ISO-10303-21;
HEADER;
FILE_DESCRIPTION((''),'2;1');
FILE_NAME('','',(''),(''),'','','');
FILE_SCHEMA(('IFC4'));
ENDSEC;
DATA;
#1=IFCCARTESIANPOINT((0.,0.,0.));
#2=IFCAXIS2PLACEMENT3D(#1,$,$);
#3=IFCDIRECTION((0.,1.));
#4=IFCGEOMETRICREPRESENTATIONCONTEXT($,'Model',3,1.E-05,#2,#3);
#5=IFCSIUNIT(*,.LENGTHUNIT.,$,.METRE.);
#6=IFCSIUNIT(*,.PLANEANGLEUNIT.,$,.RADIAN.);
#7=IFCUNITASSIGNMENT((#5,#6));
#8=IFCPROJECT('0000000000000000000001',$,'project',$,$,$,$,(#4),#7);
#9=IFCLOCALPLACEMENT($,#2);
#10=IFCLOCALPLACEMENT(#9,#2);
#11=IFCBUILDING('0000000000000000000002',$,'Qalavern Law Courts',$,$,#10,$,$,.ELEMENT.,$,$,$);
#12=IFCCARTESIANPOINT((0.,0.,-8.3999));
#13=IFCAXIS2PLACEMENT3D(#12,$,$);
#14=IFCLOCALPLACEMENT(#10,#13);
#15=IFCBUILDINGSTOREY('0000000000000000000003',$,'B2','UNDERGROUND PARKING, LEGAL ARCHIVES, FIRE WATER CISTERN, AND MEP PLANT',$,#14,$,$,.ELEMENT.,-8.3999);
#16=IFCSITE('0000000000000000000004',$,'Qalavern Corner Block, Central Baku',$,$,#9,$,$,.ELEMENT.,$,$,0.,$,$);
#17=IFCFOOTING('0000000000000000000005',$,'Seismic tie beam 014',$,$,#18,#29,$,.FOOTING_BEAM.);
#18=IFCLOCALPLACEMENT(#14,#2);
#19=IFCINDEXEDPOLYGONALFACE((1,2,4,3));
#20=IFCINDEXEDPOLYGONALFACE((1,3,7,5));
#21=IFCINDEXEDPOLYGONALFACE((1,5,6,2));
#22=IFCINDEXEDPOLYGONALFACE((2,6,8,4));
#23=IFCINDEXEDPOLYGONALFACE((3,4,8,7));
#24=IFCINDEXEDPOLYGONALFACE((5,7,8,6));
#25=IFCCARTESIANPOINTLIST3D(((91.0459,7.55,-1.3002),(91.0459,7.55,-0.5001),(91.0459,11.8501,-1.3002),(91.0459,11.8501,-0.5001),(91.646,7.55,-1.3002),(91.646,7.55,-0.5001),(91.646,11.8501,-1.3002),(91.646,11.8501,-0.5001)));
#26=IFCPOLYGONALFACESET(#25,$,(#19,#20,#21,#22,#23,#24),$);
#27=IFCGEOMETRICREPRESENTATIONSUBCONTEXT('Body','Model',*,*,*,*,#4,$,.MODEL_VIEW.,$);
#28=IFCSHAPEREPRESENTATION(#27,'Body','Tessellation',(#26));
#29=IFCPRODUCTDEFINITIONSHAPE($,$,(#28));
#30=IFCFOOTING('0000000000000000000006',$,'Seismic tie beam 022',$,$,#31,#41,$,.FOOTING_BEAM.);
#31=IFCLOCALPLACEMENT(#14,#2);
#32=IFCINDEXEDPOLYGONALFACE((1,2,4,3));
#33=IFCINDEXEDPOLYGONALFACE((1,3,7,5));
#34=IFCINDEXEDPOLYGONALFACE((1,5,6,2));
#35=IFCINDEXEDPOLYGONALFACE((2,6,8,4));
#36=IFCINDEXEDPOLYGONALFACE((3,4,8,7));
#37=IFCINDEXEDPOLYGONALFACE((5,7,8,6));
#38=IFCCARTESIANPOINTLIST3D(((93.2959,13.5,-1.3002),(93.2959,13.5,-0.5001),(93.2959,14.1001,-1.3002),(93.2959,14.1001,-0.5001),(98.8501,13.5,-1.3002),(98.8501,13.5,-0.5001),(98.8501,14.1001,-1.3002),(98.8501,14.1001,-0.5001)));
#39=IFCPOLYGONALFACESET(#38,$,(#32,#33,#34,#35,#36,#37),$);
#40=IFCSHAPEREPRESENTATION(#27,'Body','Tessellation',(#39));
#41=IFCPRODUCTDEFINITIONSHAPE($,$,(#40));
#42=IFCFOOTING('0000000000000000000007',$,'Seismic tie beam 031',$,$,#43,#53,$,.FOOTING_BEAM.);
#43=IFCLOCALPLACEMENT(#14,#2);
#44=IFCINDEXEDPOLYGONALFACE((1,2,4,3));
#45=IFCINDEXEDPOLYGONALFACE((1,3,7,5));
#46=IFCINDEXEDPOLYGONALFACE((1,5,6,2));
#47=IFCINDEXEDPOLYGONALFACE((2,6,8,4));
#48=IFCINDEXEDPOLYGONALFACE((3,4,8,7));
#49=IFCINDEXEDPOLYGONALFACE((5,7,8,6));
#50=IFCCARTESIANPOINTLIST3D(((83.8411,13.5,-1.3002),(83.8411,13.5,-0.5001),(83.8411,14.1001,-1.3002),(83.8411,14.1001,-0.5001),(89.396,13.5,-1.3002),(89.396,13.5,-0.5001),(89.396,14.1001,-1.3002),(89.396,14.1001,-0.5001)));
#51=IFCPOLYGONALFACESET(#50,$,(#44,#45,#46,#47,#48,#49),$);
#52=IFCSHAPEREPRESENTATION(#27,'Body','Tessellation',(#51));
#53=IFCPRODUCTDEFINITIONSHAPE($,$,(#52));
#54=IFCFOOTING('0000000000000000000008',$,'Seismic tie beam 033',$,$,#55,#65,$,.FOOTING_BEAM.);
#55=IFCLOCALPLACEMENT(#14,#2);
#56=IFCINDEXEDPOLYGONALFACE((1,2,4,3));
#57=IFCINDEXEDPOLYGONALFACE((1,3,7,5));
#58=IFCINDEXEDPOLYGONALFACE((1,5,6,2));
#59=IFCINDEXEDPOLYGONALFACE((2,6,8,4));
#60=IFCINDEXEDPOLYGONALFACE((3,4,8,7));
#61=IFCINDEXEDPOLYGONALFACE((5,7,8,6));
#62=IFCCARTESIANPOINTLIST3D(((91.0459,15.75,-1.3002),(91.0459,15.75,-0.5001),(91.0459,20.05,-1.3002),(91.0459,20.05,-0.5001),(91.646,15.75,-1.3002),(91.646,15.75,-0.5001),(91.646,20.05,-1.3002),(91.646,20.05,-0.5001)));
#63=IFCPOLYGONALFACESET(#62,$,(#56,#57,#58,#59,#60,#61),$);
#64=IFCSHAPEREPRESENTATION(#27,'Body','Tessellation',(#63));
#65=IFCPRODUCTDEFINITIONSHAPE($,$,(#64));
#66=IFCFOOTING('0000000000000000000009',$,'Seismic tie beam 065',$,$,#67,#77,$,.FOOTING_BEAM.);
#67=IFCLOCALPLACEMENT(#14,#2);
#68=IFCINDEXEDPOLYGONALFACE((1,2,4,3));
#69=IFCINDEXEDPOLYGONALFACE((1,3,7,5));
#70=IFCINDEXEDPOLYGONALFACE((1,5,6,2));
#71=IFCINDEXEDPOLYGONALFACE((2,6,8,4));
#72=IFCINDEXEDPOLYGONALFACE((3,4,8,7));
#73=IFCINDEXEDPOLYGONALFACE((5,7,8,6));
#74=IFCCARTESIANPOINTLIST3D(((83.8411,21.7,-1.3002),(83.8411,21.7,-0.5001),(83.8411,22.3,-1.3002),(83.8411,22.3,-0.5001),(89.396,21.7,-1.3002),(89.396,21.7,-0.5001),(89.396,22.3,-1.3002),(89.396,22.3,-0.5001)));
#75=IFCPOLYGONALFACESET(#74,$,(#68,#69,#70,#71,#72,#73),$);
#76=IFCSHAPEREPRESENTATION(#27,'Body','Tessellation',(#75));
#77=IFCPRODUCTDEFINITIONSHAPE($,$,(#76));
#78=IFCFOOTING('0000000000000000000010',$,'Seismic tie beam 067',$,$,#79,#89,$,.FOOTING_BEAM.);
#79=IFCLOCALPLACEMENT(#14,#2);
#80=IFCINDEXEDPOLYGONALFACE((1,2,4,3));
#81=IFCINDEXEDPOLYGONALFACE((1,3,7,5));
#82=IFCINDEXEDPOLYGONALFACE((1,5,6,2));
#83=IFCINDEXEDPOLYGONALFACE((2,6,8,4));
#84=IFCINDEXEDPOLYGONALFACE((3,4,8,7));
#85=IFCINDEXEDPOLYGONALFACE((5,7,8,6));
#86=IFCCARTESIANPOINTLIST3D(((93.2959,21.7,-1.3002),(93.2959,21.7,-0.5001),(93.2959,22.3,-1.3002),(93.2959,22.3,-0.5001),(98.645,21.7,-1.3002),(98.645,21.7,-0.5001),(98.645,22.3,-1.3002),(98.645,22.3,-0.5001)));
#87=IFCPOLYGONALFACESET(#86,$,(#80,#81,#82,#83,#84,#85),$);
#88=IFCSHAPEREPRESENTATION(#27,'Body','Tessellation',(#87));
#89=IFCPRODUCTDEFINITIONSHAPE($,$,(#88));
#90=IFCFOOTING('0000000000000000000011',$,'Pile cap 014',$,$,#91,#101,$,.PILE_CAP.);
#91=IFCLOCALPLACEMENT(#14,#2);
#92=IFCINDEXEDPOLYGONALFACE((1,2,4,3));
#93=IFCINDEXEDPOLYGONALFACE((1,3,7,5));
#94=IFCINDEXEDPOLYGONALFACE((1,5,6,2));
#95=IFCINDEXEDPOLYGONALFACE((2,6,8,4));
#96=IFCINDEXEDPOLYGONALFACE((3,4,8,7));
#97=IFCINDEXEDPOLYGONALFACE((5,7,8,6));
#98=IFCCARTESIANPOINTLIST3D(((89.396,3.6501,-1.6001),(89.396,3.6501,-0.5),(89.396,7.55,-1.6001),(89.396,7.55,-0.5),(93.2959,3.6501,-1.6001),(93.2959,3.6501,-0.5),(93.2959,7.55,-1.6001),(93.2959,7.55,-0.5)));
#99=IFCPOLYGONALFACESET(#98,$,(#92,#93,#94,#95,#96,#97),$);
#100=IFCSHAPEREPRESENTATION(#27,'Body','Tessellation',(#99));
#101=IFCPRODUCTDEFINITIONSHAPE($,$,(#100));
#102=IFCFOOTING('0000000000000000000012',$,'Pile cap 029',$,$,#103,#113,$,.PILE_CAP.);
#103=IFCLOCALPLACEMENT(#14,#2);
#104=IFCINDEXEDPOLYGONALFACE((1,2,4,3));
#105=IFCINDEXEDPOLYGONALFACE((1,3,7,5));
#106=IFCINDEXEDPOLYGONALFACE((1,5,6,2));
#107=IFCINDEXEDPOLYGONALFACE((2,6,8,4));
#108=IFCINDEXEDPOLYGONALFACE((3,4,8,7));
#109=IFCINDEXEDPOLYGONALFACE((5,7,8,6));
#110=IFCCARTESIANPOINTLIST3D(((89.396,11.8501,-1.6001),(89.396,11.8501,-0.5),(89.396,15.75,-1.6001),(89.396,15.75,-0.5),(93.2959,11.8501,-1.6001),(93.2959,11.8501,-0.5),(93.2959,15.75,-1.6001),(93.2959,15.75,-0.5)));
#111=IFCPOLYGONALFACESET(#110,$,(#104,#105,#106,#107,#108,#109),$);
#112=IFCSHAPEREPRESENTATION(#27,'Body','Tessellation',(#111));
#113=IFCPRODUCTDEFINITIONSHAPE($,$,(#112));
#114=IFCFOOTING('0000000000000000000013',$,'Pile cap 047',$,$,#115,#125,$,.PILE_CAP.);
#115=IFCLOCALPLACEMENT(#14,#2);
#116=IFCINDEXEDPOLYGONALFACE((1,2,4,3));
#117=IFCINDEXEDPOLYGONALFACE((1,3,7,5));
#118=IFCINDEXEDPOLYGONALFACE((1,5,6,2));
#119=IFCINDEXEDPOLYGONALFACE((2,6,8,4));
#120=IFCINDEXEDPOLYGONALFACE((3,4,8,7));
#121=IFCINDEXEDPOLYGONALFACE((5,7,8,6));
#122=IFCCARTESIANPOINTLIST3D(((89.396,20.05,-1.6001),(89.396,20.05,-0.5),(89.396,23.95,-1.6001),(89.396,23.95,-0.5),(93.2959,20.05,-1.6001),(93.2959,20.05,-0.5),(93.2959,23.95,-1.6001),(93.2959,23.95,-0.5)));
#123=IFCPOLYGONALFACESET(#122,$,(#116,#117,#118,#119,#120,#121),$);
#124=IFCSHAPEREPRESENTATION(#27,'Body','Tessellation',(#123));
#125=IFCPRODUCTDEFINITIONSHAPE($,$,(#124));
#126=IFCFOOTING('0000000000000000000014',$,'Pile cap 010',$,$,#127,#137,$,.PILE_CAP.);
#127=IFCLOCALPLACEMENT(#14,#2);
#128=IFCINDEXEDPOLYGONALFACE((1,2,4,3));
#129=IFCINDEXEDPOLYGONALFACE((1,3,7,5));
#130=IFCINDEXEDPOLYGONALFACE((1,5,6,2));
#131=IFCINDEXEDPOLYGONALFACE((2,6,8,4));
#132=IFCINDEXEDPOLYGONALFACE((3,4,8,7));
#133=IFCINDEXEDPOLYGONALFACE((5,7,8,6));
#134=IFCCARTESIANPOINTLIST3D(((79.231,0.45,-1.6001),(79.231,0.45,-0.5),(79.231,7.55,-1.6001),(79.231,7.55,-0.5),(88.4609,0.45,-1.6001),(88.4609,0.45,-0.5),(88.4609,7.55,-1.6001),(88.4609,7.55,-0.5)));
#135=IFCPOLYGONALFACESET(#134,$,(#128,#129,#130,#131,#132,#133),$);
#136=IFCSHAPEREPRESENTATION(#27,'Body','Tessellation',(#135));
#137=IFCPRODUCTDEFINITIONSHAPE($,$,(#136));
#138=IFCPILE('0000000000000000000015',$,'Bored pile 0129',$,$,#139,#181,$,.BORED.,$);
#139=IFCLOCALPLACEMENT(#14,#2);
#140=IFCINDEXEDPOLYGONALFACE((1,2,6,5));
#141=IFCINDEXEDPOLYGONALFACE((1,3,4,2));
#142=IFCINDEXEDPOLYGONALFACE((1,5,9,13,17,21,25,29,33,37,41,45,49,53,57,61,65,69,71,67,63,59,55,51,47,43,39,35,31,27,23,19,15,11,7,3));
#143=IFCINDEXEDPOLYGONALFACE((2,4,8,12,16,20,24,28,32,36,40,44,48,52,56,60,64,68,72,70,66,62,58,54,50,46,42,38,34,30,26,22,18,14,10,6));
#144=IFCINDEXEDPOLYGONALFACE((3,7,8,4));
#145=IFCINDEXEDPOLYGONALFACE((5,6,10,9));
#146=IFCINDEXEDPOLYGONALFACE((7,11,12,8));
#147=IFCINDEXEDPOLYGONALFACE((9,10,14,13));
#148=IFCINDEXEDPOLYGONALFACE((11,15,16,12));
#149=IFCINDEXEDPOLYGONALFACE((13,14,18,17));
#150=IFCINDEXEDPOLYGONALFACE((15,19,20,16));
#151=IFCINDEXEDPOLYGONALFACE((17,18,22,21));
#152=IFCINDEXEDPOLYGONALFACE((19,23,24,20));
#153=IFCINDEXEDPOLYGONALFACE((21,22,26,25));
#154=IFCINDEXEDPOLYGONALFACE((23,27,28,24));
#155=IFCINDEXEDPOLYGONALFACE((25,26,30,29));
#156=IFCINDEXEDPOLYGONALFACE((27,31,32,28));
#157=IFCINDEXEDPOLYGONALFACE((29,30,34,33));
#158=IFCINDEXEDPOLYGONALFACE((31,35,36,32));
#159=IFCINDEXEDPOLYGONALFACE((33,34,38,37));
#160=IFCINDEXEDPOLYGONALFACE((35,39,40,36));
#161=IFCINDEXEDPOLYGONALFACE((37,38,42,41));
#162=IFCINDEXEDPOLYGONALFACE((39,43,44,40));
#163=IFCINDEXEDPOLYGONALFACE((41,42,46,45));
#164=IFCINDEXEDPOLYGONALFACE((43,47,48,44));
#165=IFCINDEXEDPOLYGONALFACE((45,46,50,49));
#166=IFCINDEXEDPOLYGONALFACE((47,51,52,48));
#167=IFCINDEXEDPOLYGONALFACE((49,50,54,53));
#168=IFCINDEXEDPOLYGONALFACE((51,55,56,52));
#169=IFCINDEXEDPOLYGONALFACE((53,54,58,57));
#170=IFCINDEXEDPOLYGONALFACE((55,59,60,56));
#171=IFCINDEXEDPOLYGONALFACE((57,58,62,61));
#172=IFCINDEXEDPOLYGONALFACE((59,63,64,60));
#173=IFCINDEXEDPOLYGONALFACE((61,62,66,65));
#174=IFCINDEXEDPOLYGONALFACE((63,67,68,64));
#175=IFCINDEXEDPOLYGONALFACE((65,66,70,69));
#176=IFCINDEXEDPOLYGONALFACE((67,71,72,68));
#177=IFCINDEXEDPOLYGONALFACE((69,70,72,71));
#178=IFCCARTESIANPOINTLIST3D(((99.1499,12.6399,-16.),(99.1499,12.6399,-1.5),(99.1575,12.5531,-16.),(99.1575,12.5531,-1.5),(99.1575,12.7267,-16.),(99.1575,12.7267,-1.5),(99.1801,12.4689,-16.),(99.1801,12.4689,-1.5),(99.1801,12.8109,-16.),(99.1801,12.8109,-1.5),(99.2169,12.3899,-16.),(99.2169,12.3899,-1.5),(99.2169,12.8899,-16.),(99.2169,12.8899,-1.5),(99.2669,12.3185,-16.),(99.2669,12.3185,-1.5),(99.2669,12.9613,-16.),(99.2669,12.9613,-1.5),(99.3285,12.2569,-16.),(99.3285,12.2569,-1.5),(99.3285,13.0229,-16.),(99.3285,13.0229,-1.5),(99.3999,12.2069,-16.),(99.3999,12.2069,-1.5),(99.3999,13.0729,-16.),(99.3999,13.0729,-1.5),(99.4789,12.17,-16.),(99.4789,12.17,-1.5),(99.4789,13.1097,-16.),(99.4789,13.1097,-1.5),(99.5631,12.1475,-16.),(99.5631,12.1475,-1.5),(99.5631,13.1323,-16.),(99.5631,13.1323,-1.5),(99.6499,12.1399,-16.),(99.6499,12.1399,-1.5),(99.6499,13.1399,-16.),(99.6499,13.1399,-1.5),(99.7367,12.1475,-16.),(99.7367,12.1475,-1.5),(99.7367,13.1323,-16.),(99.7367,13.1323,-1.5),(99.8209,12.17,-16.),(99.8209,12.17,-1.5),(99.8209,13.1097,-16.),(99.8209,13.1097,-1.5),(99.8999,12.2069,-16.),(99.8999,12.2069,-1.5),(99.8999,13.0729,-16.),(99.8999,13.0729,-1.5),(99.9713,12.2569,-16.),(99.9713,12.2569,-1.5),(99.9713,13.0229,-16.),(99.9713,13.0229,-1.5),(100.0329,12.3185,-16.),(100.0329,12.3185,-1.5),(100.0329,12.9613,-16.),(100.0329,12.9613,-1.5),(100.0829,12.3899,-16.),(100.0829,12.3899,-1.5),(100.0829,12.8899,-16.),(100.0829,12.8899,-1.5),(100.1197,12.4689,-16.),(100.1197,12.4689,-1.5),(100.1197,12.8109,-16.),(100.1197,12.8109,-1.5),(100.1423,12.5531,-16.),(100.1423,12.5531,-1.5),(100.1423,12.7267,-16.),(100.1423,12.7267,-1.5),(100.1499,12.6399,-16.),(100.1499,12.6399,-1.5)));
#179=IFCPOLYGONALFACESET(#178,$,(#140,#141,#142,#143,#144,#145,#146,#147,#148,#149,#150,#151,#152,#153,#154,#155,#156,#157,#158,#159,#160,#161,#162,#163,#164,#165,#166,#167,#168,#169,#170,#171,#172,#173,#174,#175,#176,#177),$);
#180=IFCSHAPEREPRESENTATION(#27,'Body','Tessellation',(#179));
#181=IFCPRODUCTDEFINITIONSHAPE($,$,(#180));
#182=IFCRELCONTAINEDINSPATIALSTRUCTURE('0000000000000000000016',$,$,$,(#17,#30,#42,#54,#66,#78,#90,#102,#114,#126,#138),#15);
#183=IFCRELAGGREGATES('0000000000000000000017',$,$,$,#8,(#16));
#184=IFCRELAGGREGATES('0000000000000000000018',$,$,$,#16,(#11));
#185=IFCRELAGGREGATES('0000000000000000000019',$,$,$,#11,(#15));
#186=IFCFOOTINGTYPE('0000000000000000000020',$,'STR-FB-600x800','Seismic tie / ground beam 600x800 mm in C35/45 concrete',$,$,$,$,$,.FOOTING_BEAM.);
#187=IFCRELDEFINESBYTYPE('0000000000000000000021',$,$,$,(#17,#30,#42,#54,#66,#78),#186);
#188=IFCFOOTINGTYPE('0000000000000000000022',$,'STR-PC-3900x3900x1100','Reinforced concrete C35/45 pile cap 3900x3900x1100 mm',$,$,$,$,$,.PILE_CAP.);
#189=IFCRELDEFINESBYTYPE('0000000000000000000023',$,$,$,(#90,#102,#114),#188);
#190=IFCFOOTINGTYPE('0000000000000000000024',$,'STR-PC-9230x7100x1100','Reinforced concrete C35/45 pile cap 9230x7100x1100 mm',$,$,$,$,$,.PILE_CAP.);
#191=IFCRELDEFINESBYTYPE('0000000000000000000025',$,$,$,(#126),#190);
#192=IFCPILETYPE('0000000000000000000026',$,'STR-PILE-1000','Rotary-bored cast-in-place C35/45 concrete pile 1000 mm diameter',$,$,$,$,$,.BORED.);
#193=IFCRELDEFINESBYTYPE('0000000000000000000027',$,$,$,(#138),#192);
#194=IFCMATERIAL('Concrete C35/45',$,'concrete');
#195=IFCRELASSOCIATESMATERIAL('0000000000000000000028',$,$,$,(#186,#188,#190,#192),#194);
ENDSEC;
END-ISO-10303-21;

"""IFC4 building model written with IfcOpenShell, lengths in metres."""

from ifc_helpers import new_model, si_unit, direction, frame, origin, origin_2d, place, context, subcontext, project, spatial, rectangle, circle, extrude, material, material_profile, profile_set, type_object, element, save


model = new_model("IFC4")

# Units and contexts
model_context = context("Model", 3, precision=1e-05, world=origin(), true_north=direction((0.0, 1.0)))
body_context = subcontext(model_context, "Body", "Model", "MODEL_VIEW")
ifc_project = project(units=[si_unit("LENGTHUNIT", "METRE"), si_unit("PLANEANGLEUNIT", "RADIAN")], contexts=[model_context])

# Site, building, storey
site_placement = place(None, origin())
site = spatial("IfcSite", under=ifc_project, at=site_placement, Name="Qalavern Corner Block, Central Baku", CompositionType="ELEMENT", RefElevation=0.0)
building_placement = place(site_placement, origin())
building = spatial("IfcBuilding", under=site, at=building_placement, Name="Qalavern Law Courts", CompositionType="ELEMENT")
storey_placement = place(building_placement, frame((0.0, 0.0, -8.3999)))
storey = spatial("IfcBuildingStorey", under=building, at=storey_placement, Name="B2", Description="UNDERGROUND PARKING, LEGAL ARCHIVES, FIRE WATER CISTERN, AND MEP PLANT", CompositionType="ELEMENT", Elevation=-8.3999)

# Footings
ifc_material_1 = material(Name="Concrete C35/45", Category="concrete")
ifc_material_profile_1 = material_profile(ifc_material_1, rectangle(XDim=0.6001, YDim=0.8, at=origin_2d()), Name="RC 600x800")
ifc_profile_set_1 = profile_set([ifc_material_profile_1], Name="Concrete C35/45")
footing_type_1 = type_object("IfcFootingType", Name="STR-FB-600x800", Description="Seismic tie / ground beam 600x800 mm in C35/45 concrete", PredefinedType="FOOTING_BEAM", material=ifc_profile_set_1)
footing_1_placement = place(storey_placement, frame((91.3459, 7.55, -0.9001), z_axis=(0.0, 1.0, 0.0), x_axis=(-1.0, 0.0, 0.0)))
element("IfcFooting", 1, at=footing_1_placement, inside=storey, type_object=footing_type_1, Name="Seismic tie beam 014", PredefinedType="FOOTING_BEAM", context=body_context, shape_type="SweptSolid", body=[
    extrude(rectangle(XDim=0.6001, YDim=0.8, at=origin_2d()), origin(), (0.0, 0.0, 1.0), 4.3),
])
footing_2_placement = place(storey_placement, frame((93.2959, 13.8, -0.9001), z_axis=(1.0, 0.0, 0.0), x_axis=(0.0, 1.0, 0.0)))
element("IfcFooting", 2, at=footing_2_placement, inside=storey, type_object=footing_type_1, Name="Seismic tie beam 022", PredefinedType="FOOTING_BEAM", context=body_context, shape_type="SweptSolid", body=[
    extrude(rectangle(XDim=0.6001, YDim=0.8, at=origin_2d()), origin(), (0.0, 0.0, 1.0), 5.5542),
])
footing_3_placement = place(storey_placement, frame((83.8411, 13.8, -0.9001), z_axis=(1.0, 0.0, 0.0), x_axis=(0.0, 1.0, 0.0)))
element("IfcFooting", 3, at=footing_3_placement, inside=storey, type_object=footing_type_1, Name="Seismic tie beam 031", PredefinedType="FOOTING_BEAM", context=body_context, shape_type="SweptSolid", body=[
    extrude(rectangle(XDim=0.6001, YDim=0.8, at=origin_2d()), origin(), (0.0, 0.0, 1.0), 5.5549),
])
footing_4_placement = place(storey_placement, frame((91.3459, 15.75, -0.9001), z_axis=(0.0, 1.0, 0.0), x_axis=(-1.0, 0.0, 0.0)))
element("IfcFooting", 4, at=footing_4_placement, inside=storey, type_object=footing_type_1, Name="Seismic tie beam 033", PredefinedType="FOOTING_BEAM", context=body_context, shape_type="SweptSolid", body=[
    extrude(rectangle(XDim=0.6001, YDim=0.8, at=origin_2d()), origin(), (0.0, 0.0, 1.0), 4.3),
])
footing_5_placement = place(storey_placement, frame((83.8411, 22.0, -0.9001), z_axis=(1.0, 0.0, 0.0), x_axis=(0.0, 1.0, 0.0)))
element("IfcFooting", 5, at=footing_5_placement, inside=storey, type_object=footing_type_1, Name="Seismic tie beam 065", PredefinedType="FOOTING_BEAM", context=body_context, shape_type="SweptSolid", body=[
    extrude(rectangle(XDim=0.6001, YDim=0.8, at=origin_2d()), origin(), (0.0, 0.0, 1.0), 5.5549),
])
footing_6_placement = place(storey_placement, frame((93.2959, 22.0, -0.9001), z_axis=(1.0, 0.0, 0.0), x_axis=(0.0, 1.0, 0.0)))
element("IfcFooting", 6, at=footing_6_placement, inside=storey, type_object=footing_type_1, Name="Seismic tie beam 067", PredefinedType="FOOTING_BEAM", context=body_context, shape_type="SweptSolid", body=[
    extrude(rectangle(XDim=0.6001, YDim=0.8, at=origin_2d()), origin(), (0.0, 0.0, 1.0), 5.3491),
])
footing_type_2 = type_object("IfcFootingType", Name="STR-PC-3900x3900x1100", Description="Reinforced concrete C35/45 pile cap 3900x3900x1100 mm", PredefinedType="PILE_CAP", material=ifc_material_1)
for number, where, z_axis, x_axis, name in (
    (7, (91.3459, 5.6001, -1.6001), (0.0, 0.0, 1.0), (1.0, 0.0, 0.0), "Pile cap 014"),
    (8, (91.3459, 13.8, -1.6001), (0.0, 0.0, 1.0), (1.0, 0.0, 0.0), "Pile cap 029"),
    (9, (91.3459, 22.0, -1.6001), (0.0, 0.0, 1.0), (1.0, 0.0, 0.0), "Pile cap 047"),
):
    element("IfcFooting", number, at=place(storey_placement, frame(where, z_axis=z_axis, x_axis=x_axis)), inside=storey, type_object=footing_type_2, Name=name, PredefinedType="PILE_CAP", context=body_context, shape_type="SweptSolid", body=[
        extrude(rectangle(XDim=3.8999, YDim=3.8999, at=origin_2d()), origin(), (0.0, 0.0, 1.0), 1.1001),
    ])
footing_type_3 = type_object("IfcFootingType", Name="STR-PC-9230x7100x1100", Description="Reinforced concrete C35/45 pile cap 9230x7100x1100 mm", PredefinedType="PILE_CAP", material=ifc_material_1)
footing_7_placement = place(storey_placement, frame((83.8459, 4.0, -1.6001), z_axis=(0.0, 0.0, 1.0), x_axis=(1.0, 0.0, 0.0)))
element("IfcFooting", 10, at=footing_7_placement, inside=storey, type_object=footing_type_3, Name="Pile cap 010", PredefinedType="PILE_CAP", context=body_context, shape_type="SweptSolid", body=[
    extrude(rectangle(XDim=9.23, YDim=7.1001, at=origin_2d()), origin(), (0.0, 0.0, 1.0), 1.1001),
])

# Pile
ifc_material_profile_2 = material_profile(ifc_material_1, circle(Radius=0.5, at=origin_2d()), Name="BORED PILE 1000")
ifc_profile_set_2 = profile_set([ifc_material_profile_2], Name="Concrete C35/45")
pile_type_1 = type_object("IfcPileType", Name="STR-PILE-1000", Description="Rotary-bored cast-in-place C35/45 concrete pile 1000 mm diameter", PredefinedType="BORED", material=ifc_profile_set_2)
for number, where, z_axis, x_axis, name in (
    (11, (99.6499, 12.6399, -1.5), (0.0, 0.0, -1.0), (1.0, 0.0, 0.0), "Bored pile 0129"),
):
    element("IfcPile", number, at=place(storey_placement, frame(where, z_axis=z_axis, x_axis=x_axis)), inside=storey, type_object=pile_type_1, Name=name, PredefinedType="BORED", context=body_context, shape_type="SweptSolid", body=[
        extrude(circle(Radius=0.5, at=origin_2d()), origin(), (0.0, 0.0, 1.0), 14.5),
    ])

save(model, "model.ifc")
